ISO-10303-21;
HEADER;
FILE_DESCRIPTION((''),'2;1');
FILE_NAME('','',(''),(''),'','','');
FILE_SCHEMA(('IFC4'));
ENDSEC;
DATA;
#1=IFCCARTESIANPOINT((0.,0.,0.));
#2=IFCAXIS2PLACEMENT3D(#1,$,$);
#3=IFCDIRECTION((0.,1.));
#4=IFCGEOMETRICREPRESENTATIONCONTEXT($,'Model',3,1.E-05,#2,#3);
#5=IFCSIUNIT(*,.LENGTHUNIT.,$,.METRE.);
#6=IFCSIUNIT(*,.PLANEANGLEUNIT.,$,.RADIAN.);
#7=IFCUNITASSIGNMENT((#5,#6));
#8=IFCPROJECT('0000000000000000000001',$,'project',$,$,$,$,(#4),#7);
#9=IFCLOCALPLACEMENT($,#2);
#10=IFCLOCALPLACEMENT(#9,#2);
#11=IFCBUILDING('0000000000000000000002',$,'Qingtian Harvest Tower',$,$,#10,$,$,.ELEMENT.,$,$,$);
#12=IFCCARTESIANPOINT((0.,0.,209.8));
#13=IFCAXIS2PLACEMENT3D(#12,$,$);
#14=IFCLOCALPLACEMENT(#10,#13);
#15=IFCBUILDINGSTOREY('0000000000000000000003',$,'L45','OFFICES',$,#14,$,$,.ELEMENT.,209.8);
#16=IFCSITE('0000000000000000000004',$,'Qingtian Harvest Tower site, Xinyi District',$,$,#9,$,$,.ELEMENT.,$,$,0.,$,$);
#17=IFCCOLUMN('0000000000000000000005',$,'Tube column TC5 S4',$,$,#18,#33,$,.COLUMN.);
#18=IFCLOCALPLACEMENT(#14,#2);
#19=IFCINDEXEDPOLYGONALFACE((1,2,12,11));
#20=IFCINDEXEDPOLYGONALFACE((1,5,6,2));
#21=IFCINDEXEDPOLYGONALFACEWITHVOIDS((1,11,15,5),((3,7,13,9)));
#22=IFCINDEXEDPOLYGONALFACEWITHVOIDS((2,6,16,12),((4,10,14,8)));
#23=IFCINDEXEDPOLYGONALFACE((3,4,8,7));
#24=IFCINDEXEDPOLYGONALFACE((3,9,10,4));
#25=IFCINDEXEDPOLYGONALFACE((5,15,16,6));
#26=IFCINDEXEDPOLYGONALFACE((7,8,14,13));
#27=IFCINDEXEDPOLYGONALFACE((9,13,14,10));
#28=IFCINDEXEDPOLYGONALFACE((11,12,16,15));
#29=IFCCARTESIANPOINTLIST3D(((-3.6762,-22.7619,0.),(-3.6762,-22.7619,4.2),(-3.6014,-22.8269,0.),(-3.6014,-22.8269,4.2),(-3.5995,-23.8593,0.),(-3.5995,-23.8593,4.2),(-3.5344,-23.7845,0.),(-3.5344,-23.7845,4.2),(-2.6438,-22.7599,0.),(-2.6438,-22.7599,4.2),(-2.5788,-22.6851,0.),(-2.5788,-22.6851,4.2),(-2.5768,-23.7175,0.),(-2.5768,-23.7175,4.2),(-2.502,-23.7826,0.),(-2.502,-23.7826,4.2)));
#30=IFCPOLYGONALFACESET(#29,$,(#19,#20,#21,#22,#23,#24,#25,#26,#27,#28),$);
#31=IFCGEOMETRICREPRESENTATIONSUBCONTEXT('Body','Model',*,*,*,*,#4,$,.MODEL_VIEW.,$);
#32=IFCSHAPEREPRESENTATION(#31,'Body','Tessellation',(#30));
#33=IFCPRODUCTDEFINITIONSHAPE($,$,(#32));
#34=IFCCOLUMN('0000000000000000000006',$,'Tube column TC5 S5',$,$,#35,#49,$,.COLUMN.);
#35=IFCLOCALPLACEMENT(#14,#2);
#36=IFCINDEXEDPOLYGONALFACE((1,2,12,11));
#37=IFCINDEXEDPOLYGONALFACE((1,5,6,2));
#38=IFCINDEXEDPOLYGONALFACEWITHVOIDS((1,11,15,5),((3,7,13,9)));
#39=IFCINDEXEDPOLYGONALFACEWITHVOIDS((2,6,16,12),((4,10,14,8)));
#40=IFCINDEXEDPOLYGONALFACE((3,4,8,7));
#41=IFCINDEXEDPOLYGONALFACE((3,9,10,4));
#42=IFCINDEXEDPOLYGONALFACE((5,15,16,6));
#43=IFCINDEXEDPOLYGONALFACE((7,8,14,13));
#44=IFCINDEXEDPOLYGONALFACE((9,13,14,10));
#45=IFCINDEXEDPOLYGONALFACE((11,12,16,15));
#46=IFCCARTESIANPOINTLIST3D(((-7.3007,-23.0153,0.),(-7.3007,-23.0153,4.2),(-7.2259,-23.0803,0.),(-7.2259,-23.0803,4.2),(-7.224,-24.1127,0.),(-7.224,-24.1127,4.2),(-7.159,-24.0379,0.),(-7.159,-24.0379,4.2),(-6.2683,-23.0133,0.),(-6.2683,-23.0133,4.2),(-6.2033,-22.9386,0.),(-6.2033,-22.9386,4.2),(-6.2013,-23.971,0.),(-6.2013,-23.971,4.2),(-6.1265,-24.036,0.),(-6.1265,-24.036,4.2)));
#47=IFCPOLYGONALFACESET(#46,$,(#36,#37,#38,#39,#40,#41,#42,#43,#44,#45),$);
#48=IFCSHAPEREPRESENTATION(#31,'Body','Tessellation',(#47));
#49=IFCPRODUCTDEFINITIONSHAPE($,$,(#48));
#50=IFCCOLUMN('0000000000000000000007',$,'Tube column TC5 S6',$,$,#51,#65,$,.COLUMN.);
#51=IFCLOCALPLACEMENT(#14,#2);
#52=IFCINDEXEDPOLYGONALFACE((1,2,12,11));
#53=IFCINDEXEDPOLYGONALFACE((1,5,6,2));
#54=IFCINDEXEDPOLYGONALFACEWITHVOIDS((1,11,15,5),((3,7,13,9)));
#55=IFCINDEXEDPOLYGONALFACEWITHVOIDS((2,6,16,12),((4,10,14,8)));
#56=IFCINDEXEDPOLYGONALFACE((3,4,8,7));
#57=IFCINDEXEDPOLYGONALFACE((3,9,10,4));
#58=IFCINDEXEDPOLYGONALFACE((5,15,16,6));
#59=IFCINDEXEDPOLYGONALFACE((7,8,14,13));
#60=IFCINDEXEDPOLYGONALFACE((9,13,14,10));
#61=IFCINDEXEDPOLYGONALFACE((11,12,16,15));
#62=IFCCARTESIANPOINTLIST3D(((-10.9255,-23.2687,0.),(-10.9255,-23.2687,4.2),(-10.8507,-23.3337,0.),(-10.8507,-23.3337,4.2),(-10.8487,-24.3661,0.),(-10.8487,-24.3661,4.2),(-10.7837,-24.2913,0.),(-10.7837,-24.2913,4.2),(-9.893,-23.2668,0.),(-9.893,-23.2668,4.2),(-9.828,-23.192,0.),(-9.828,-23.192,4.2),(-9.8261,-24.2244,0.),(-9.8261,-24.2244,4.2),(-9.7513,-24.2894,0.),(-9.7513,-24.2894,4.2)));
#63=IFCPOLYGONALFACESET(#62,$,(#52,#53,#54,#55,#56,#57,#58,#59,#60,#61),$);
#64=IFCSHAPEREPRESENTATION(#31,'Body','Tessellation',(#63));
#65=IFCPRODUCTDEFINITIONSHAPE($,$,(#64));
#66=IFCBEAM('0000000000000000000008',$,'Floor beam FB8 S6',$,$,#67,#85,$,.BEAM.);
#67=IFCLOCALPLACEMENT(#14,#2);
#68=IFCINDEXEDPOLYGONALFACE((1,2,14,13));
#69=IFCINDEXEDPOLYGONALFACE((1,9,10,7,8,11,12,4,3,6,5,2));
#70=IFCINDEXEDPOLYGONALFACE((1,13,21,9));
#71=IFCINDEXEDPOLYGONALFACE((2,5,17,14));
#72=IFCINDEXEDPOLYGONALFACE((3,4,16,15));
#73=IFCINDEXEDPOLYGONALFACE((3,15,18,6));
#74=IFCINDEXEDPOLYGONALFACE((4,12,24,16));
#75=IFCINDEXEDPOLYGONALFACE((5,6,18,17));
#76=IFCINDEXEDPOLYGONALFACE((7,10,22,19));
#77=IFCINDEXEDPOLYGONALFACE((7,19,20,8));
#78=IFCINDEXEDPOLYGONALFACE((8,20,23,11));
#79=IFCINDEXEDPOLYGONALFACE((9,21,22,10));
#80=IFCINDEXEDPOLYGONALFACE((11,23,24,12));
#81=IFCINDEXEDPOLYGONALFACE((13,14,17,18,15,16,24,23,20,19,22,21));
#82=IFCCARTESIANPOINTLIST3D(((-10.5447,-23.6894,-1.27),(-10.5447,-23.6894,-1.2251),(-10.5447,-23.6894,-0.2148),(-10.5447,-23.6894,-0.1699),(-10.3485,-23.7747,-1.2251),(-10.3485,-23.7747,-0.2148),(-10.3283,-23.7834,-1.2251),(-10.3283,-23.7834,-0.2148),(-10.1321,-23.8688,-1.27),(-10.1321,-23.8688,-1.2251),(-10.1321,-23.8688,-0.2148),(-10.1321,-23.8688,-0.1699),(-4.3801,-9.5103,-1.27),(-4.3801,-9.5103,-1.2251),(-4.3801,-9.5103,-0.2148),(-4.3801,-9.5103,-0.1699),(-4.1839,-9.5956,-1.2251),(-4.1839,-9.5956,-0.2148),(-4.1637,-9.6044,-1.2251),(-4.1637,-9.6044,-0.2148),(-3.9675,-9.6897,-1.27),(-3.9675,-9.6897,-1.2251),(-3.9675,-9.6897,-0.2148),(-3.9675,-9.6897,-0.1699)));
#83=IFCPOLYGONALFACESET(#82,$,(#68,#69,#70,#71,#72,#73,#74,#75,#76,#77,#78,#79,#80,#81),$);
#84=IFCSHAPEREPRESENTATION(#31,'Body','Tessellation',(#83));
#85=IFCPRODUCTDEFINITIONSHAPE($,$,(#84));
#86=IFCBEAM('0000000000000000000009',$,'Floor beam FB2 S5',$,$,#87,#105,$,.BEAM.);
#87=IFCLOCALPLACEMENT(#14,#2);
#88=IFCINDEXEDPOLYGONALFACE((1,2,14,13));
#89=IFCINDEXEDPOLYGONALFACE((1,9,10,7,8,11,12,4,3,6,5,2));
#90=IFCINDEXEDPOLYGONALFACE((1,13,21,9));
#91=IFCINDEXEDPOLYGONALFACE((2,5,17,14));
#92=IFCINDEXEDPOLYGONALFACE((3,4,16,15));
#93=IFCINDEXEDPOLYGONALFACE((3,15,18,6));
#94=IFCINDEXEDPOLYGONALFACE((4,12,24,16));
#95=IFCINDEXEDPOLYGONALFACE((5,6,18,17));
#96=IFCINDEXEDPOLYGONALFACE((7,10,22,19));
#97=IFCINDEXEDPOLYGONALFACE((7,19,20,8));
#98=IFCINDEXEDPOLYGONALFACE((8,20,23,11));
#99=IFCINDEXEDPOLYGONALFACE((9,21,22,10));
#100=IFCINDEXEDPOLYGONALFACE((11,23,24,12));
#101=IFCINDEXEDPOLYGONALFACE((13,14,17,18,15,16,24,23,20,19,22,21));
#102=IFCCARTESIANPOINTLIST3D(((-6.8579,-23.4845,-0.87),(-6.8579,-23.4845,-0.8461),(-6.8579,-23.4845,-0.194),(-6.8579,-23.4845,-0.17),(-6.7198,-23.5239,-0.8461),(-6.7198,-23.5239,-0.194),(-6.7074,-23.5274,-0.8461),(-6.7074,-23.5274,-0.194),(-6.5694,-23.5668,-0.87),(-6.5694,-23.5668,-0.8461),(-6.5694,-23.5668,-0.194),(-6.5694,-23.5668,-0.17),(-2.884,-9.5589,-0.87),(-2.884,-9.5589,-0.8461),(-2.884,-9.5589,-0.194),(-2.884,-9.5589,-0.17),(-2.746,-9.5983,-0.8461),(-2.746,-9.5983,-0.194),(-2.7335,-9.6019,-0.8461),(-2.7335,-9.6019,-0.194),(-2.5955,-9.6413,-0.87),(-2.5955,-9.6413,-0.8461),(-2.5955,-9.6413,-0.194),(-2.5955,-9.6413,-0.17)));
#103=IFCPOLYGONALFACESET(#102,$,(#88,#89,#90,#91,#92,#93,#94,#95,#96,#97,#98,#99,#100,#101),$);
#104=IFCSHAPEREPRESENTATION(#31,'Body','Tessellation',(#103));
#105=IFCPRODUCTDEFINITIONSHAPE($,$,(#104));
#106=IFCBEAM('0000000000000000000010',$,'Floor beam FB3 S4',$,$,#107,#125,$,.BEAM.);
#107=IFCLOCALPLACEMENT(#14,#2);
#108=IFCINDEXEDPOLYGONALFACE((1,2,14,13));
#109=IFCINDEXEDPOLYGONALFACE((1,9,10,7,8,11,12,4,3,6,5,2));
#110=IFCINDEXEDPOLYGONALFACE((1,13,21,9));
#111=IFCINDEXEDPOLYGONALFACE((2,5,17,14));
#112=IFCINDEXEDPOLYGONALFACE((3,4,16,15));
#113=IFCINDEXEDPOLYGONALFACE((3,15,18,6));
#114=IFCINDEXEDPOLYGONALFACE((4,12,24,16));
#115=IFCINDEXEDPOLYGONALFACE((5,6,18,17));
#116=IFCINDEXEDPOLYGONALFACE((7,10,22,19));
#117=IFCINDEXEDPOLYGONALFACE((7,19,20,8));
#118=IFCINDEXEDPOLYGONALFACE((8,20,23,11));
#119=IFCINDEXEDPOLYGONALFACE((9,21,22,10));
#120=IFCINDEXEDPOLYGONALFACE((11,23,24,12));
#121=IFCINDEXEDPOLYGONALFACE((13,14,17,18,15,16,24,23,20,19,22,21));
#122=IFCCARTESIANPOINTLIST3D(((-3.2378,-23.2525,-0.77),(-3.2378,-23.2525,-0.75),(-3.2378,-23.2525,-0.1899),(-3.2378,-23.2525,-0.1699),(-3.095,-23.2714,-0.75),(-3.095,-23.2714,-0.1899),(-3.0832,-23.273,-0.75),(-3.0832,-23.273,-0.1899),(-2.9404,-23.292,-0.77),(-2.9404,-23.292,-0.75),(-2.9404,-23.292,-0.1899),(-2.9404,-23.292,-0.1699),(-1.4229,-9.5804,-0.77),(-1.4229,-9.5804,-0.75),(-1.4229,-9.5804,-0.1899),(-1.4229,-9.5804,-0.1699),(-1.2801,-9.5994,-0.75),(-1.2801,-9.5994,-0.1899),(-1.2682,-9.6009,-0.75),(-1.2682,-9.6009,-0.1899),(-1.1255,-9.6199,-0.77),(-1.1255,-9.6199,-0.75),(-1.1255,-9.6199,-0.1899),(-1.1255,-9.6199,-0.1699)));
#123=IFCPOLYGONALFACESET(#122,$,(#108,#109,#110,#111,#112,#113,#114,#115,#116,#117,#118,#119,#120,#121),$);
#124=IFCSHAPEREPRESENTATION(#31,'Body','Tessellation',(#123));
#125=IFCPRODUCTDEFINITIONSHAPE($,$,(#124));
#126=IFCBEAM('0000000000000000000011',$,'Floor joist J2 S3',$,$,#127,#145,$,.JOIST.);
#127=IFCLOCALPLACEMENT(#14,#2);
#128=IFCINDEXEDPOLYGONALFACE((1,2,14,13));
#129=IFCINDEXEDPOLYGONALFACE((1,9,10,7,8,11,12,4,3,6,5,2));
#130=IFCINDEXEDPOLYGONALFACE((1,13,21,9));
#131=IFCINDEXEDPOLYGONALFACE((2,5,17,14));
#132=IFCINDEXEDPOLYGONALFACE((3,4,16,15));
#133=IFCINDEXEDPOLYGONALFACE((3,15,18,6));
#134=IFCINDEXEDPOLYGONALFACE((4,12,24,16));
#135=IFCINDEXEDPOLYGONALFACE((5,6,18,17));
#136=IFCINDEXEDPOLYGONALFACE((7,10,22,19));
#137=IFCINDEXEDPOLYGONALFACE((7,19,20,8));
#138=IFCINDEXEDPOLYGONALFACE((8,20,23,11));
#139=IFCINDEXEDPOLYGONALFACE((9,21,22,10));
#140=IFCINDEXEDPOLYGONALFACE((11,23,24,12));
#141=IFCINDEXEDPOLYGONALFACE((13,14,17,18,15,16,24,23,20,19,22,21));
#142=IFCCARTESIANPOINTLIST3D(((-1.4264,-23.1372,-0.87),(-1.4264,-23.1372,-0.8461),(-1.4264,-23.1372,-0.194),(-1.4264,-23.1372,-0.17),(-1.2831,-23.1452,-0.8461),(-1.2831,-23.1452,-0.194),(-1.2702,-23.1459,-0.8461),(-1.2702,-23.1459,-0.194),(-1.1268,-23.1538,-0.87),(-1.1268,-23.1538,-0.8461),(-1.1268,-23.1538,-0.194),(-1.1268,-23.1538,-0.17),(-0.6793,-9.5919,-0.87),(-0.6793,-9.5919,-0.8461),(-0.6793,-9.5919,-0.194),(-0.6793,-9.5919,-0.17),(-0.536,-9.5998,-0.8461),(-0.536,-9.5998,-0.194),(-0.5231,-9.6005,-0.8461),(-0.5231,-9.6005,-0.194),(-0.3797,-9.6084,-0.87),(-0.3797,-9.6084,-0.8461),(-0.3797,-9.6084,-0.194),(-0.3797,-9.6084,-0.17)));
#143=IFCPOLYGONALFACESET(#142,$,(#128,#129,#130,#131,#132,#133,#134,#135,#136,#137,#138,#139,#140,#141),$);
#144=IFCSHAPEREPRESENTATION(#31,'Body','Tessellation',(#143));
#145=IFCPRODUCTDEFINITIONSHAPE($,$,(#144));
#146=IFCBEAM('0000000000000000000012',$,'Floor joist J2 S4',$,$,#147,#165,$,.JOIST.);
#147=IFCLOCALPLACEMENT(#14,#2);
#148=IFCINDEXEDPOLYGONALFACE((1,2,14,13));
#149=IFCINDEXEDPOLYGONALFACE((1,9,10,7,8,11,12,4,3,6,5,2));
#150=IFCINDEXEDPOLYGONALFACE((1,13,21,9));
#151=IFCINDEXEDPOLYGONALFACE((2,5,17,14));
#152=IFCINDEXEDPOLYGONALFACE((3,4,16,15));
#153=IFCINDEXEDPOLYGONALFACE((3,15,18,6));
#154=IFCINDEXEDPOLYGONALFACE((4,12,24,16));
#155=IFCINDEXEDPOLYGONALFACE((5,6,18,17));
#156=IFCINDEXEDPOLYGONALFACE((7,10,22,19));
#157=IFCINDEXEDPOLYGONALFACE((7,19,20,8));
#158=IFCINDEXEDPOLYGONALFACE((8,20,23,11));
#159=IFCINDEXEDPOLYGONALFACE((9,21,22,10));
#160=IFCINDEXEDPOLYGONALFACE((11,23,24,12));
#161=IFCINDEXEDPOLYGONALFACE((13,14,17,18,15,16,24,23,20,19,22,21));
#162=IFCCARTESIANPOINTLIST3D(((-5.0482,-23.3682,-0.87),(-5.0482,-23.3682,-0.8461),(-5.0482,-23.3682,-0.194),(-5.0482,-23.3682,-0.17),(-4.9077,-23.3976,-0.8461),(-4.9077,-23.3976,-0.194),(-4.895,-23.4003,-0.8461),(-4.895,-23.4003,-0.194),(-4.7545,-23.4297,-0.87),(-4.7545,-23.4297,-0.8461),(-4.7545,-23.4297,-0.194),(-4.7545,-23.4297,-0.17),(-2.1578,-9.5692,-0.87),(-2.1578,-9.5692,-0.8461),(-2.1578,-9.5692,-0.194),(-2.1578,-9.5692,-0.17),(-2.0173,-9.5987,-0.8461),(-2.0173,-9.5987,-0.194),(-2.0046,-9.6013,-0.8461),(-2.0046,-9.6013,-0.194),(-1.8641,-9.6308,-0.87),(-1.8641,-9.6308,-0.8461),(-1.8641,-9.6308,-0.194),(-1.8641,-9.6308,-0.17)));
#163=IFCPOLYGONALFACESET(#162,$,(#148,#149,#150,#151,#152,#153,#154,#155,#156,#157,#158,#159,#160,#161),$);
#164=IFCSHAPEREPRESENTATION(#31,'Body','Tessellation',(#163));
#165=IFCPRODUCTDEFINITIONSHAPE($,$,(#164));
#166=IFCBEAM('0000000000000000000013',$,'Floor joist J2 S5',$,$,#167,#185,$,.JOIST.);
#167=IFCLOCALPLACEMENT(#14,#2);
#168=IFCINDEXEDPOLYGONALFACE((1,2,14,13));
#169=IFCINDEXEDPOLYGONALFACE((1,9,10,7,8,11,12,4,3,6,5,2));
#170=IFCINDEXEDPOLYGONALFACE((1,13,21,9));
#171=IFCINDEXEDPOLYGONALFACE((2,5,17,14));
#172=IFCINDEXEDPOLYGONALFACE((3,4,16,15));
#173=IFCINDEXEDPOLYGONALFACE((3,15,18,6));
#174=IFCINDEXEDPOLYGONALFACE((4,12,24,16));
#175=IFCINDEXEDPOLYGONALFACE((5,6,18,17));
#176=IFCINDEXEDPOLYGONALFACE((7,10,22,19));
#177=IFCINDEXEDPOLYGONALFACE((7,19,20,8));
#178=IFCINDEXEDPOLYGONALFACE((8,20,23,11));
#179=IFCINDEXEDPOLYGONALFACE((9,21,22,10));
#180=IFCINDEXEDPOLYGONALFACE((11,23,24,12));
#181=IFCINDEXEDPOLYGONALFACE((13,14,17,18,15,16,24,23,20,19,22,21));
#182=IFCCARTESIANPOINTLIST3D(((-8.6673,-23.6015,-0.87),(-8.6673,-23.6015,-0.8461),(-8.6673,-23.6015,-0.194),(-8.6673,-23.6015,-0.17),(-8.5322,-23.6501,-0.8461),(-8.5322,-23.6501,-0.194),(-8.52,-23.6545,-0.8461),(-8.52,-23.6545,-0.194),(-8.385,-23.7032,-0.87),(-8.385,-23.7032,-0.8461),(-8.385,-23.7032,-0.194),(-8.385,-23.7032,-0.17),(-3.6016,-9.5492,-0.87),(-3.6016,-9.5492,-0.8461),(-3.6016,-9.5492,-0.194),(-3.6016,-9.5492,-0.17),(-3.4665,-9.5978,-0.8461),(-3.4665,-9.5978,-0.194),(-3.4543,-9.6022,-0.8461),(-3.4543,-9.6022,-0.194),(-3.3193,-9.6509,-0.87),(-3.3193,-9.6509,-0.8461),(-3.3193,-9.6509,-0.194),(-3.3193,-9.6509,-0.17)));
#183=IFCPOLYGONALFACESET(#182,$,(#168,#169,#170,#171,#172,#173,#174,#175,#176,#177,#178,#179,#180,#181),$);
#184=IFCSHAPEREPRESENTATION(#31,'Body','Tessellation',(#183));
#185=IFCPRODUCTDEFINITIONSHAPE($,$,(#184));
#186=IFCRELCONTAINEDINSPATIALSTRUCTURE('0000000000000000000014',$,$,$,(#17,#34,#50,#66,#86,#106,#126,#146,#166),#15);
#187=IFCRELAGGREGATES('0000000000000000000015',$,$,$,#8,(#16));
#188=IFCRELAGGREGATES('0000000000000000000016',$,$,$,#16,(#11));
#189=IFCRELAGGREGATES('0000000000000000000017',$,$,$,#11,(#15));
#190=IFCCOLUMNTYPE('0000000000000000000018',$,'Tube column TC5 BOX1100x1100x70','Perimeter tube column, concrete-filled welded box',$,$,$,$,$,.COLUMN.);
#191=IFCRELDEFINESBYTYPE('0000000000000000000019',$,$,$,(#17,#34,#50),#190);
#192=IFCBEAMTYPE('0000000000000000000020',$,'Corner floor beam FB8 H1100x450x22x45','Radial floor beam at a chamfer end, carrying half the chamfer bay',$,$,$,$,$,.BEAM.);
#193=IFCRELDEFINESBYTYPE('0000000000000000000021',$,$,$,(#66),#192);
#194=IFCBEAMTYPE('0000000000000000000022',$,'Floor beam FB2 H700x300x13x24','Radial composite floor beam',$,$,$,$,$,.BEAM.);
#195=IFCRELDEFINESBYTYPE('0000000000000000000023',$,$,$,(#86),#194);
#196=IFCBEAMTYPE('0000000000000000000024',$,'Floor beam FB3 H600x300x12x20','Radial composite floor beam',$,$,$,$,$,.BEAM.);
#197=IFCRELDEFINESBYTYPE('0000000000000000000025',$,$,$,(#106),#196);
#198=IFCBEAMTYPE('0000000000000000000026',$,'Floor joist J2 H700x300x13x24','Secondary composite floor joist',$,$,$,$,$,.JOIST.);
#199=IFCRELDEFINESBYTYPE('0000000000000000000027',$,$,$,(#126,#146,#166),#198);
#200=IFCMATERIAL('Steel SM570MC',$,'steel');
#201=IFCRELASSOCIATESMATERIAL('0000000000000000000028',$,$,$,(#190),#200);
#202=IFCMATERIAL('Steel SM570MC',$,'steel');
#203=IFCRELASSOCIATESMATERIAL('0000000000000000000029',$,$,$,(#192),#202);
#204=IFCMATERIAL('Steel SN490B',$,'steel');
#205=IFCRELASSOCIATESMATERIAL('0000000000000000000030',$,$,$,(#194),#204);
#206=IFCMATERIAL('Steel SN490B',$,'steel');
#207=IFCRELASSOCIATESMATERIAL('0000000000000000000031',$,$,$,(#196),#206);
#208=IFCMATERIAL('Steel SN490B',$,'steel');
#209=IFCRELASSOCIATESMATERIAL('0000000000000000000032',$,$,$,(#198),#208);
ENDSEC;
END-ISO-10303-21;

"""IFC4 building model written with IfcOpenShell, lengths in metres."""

from ifc_helpers import new_model, si_unit, direction, frame, origin, origin_2d, place, context, subcontext, project, spatial, hollow_rectangle, i_section, extrude, material, material_profile, profile_set, type_object, element, save


model = new_model("IFC4")

# Units and contexts
model_context = context("Model", 3, precision=1e-05, world=origin(), true_north=direction((0.0, 1.0)))
body_context = subcontext(model_context, "Body", "Model", "MODEL_VIEW")
ifc_project = project(units=[si_unit("LENGTHUNIT", "METRE"), si_unit("PLANEANGLEUNIT", "RADIAN")], contexts=[model_context])

# Site, building, storey
site_placement = place(None, origin())
site = spatial("IfcSite", under=ifc_project, at=site_placement, Name="Qingtian Harvest Tower site, Xinyi District", CompositionType="ELEMENT", RefElevation=0.0)
building_placement = place(site_placement, origin())
building = spatial("IfcBuilding", under=site, at=building_placement, Name="Qingtian Harvest Tower", CompositionType="ELEMENT")
storey_placement = place(building_placement, frame((0.0, 0.0, 209.8)))
storey = spatial("IfcBuildingStorey", under=building, at=storey_placement, Name="L45", Description="OFFICES", CompositionType="ELEMENT", Elevation=209.8)

# Columns
ifc_material_1 = material(Name="Steel SM570MC", Category="steel")
ifc_material_profile_1 = material_profile(ifc_material_1, hollow_rectangle(XDim=1.1001, YDim=1.1001, WallThickness=0.0701, at=origin_2d()), Name="BOX1100x1100x70")
ifc_profile_set_1 = profile_set([ifc_material_profile_1], Name="Steel SM570MC")
column_type = type_object("IfcColumnType", Name="Tube column TC5 BOX1100x1100x70", Description="Perimeter tube column, concrete-filled welded box", PredefinedType="COLUMN", material=ifc_profile_set_1)
for number, where, z_axis, x_axis, name in (
    (1, (-3.0891, -23.2722, 0.0), (0.0, 0.0, 1.0), (0.997564, 0.069756, 0.0), "Tube column TC5 S4"),
    (2, (-6.7136, -23.5256, 0.0), (0.0, 0.0, 1.0), (0.997564, 0.069756, 0.0), "Tube column TC5 S5"),
    (3, (-10.3384, -23.7791, 0.0), (0.0, 0.0, 1.0), (0.997564, 0.069756, 0.0), "Tube column TC5 S6"),
):
    element("IfcColumn", number, at=place(storey_placement, frame(where, z_axis=z_axis, x_axis=x_axis)), inside=storey, type_object=column_type, Name=name, PredefinedType="COLUMN", context=body_context, shape_type="SweptSolid", body=[
        extrude(hollow_rectangle(XDim=1.1001, YDim=1.1001, WallThickness=0.0701, at=origin_2d()), origin(), (0.0, 0.0, 1.0), 4.2),
    ])

# Beams
ifc_material_2 = material(Name="Steel SM570MC", Category="steel")
ifc_material_profile_2 = material_profile(ifc_material_2, i_section(OverallWidth=0.45, OverallDepth=1.1001, WebThickness=0.022, FlangeThickness=0.0449, at=origin_2d()), Name="H1100x450x22x45")
ifc_profile_set_2 = profile_set([ifc_material_profile_2], Name="Steel SM570MC")
beam_type_1 = type_object("IfcBeamType", Name="Corner floor beam FB8 H1100x450x22x45", Description="Radial floor beam at a chamfer end, carrying half the chamfer bay", PredefinedType="BEAM", material=ifc_profile_set_2)
beam_1_placement = place(storey_placement, frame((-10.3384, -23.7791, -0.72), z_axis=(0.398715, 0.917075, 0.0), x_axis=(-0.917075, 0.398715, 0.0)))
element("IfcBeam", 4, at=beam_1_placement, inside=storey, type_object=beam_type_1, Name="Floor beam FB8 S6", PredefinedType="BEAM", context=body_context, shape_type="SweptSolid", body=[
    extrude(i_section(OverallWidth=0.45, OverallDepth=1.1001, WebThickness=0.022, FlangeThickness=0.0449, at=origin_2d()), origin(), (0.0, 0.0, 1.0), 15.4612),
])
ifc_material_3 = material(Name="Steel SN490B", Category="steel")
ifc_material_profile_3 = material_profile(ifc_material_3, i_section(OverallWidth=0.3, OverallDepth=0.7, WebThickness=0.0129, FlangeThickness=0.0239, at=origin_2d()), Name="H700x300x13x24")
ifc_profile_set_3 = profile_set([ifc_material_profile_3], Name="Steel SN490B")
beam_type_2 = type_object("IfcBeamType", Name="Floor beam FB2 H700x300x13x24", Description="Radial composite floor beam", PredefinedType="BEAM", material=ifc_profile_set_3)
beam_2_placement = place(storey_placement, frame((-6.7136, -23.5256, -0.52), z_axis=(0.274412, 0.961612, 0.0), x_axis=(-0.961612, 0.274412, 0.0)))
element("IfcBeam", 5, at=beam_2_placement, inside=storey, type_object=beam_type_2, Name="Floor beam FB2 S5", PredefinedType="BEAM", context=body_context, shape_type="SweptSolid", body=[
    extrude(i_section(OverallWidth=0.3, OverallDepth=0.7, WebThickness=0.0129, FlangeThickness=0.0239, at=origin_2d()), origin(), (0.0, 0.0, 1.0), 14.4814),
])
ifc_material_4 = material(Name="Steel SN490B", Category="steel")
ifc_material_profile_4 = material_profile(ifc_material_4, i_section(OverallWidth=0.3, OverallDepth=0.6001, WebThickness=0.012, FlangeThickness=0.02, at=origin_2d()), Name="H600x300x12x20")
ifc_profile_set_4 = profile_set([ifc_material_profile_4], Name="Steel SN490B")
beam_type_3 = type_object("IfcBeamType", Name="Floor beam FB3 H600x300x12x20", Description="Radial composite floor beam", PredefinedType="BEAM", material=ifc_profile_set_4)
beam_3_placement = place(storey_placement, frame((-3.0891, -23.2722, -0.47), z_axis=(0.131593, 0.991304, 0.0), x_axis=(-0.991304, 0.131593, 0.0)))
element("IfcBeam", 6, at=beam_3_placement, inside=storey, type_object=beam_type_3, Name="Floor beam FB3 S4", PredefinedType="BEAM", context=body_context, shape_type="SweptSolid", body=[
    extrude(i_section(OverallWidth=0.3, OverallDepth=0.6001, WebThickness=0.012, FlangeThickness=0.02, at=origin_2d()), origin(), (0.0, 0.0, 1.0), 13.792),
])
ifc_material_5 = material(Name="Steel SN490B", Category="steel")
ifc_material_profile_5 = material_profile(ifc_material_5, i_section(OverallWidth=0.3, OverallDepth=0.7, WebThickness=0.0129, FlangeThickness=0.0239, at=origin_2d()), Name="H700x300x13x24")
ifc_profile_set_5 = profile_set([ifc_material_profile_5], Name="Steel SN490B")
beam_type_4 = type_object("IfcBeamType", Name="Floor joist J2 H700x300x13x24", Description="Secondary composite floor joist", PredefinedType="JOIST", material=ifc_profile_set_5)
beam_4_placement = place(storey_placement, frame((-1.2766, -23.1455, -0.52), z_axis=(0.055069, 0.998483, 0.0), x_axis=(-0.998483, 0.055069, 0.0)))
element("IfcBeam", 7, at=beam_4_placement, inside=storey, type_object=beam_type_4, Name="Floor joist J2 S3", PredefinedType="JOIST", context=body_context, shape_type="SweptSolid", body=[
    extrude(i_section(OverallWidth=0.3, OverallDepth=0.7, WebThickness=0.0129, FlangeThickness=0.0239, at=origin_2d()), origin(), (0.0, 0.0, 1.0), 13.5659),
])
beam_5_placement = place(storey_placement, frame((-4.9014, -23.3989, -0.52), z_axis=(0.205016, 0.978759, 0.0), x_axis=(-0.978759, 0.205016, 0.0)))
element("IfcBeam", 8, at=beam_5_placement, inside=storey, type_object=beam_type_4, Name="Floor joist J2 S4", PredefinedType="JOIST", context=body_context, shape_type="SweptSolid", body=[
    extrude(i_section(OverallWidth=0.3, OverallDepth=0.7, WebThickness=0.0129, FlangeThickness=0.0239, at=origin_2d()), origin(), (0.0, 0.0, 1.0), 14.0984),
])
beam_6_placement = place(storey_placement, frame((-8.5261, -23.6523, -0.52), z_axis=(0.339126, 0.940741, 0.0), x_axis=(-0.940741, 0.339126, 0.0)))
element("IfcBeam", 9, at=beam_6_placement, inside=storey, type_object=beam_type_4, Name="Floor joist J2 S5", PredefinedType="JOIST", context=body_context, shape_type="SweptSolid", body=[
    extrude(i_section(OverallWidth=0.3, OverallDepth=0.7, WebThickness=0.0129, FlangeThickness=0.0239, at=origin_2d()), origin(), (0.0, 0.0, 1.0), 14.9375),
])

save(model, "model.ifc")
